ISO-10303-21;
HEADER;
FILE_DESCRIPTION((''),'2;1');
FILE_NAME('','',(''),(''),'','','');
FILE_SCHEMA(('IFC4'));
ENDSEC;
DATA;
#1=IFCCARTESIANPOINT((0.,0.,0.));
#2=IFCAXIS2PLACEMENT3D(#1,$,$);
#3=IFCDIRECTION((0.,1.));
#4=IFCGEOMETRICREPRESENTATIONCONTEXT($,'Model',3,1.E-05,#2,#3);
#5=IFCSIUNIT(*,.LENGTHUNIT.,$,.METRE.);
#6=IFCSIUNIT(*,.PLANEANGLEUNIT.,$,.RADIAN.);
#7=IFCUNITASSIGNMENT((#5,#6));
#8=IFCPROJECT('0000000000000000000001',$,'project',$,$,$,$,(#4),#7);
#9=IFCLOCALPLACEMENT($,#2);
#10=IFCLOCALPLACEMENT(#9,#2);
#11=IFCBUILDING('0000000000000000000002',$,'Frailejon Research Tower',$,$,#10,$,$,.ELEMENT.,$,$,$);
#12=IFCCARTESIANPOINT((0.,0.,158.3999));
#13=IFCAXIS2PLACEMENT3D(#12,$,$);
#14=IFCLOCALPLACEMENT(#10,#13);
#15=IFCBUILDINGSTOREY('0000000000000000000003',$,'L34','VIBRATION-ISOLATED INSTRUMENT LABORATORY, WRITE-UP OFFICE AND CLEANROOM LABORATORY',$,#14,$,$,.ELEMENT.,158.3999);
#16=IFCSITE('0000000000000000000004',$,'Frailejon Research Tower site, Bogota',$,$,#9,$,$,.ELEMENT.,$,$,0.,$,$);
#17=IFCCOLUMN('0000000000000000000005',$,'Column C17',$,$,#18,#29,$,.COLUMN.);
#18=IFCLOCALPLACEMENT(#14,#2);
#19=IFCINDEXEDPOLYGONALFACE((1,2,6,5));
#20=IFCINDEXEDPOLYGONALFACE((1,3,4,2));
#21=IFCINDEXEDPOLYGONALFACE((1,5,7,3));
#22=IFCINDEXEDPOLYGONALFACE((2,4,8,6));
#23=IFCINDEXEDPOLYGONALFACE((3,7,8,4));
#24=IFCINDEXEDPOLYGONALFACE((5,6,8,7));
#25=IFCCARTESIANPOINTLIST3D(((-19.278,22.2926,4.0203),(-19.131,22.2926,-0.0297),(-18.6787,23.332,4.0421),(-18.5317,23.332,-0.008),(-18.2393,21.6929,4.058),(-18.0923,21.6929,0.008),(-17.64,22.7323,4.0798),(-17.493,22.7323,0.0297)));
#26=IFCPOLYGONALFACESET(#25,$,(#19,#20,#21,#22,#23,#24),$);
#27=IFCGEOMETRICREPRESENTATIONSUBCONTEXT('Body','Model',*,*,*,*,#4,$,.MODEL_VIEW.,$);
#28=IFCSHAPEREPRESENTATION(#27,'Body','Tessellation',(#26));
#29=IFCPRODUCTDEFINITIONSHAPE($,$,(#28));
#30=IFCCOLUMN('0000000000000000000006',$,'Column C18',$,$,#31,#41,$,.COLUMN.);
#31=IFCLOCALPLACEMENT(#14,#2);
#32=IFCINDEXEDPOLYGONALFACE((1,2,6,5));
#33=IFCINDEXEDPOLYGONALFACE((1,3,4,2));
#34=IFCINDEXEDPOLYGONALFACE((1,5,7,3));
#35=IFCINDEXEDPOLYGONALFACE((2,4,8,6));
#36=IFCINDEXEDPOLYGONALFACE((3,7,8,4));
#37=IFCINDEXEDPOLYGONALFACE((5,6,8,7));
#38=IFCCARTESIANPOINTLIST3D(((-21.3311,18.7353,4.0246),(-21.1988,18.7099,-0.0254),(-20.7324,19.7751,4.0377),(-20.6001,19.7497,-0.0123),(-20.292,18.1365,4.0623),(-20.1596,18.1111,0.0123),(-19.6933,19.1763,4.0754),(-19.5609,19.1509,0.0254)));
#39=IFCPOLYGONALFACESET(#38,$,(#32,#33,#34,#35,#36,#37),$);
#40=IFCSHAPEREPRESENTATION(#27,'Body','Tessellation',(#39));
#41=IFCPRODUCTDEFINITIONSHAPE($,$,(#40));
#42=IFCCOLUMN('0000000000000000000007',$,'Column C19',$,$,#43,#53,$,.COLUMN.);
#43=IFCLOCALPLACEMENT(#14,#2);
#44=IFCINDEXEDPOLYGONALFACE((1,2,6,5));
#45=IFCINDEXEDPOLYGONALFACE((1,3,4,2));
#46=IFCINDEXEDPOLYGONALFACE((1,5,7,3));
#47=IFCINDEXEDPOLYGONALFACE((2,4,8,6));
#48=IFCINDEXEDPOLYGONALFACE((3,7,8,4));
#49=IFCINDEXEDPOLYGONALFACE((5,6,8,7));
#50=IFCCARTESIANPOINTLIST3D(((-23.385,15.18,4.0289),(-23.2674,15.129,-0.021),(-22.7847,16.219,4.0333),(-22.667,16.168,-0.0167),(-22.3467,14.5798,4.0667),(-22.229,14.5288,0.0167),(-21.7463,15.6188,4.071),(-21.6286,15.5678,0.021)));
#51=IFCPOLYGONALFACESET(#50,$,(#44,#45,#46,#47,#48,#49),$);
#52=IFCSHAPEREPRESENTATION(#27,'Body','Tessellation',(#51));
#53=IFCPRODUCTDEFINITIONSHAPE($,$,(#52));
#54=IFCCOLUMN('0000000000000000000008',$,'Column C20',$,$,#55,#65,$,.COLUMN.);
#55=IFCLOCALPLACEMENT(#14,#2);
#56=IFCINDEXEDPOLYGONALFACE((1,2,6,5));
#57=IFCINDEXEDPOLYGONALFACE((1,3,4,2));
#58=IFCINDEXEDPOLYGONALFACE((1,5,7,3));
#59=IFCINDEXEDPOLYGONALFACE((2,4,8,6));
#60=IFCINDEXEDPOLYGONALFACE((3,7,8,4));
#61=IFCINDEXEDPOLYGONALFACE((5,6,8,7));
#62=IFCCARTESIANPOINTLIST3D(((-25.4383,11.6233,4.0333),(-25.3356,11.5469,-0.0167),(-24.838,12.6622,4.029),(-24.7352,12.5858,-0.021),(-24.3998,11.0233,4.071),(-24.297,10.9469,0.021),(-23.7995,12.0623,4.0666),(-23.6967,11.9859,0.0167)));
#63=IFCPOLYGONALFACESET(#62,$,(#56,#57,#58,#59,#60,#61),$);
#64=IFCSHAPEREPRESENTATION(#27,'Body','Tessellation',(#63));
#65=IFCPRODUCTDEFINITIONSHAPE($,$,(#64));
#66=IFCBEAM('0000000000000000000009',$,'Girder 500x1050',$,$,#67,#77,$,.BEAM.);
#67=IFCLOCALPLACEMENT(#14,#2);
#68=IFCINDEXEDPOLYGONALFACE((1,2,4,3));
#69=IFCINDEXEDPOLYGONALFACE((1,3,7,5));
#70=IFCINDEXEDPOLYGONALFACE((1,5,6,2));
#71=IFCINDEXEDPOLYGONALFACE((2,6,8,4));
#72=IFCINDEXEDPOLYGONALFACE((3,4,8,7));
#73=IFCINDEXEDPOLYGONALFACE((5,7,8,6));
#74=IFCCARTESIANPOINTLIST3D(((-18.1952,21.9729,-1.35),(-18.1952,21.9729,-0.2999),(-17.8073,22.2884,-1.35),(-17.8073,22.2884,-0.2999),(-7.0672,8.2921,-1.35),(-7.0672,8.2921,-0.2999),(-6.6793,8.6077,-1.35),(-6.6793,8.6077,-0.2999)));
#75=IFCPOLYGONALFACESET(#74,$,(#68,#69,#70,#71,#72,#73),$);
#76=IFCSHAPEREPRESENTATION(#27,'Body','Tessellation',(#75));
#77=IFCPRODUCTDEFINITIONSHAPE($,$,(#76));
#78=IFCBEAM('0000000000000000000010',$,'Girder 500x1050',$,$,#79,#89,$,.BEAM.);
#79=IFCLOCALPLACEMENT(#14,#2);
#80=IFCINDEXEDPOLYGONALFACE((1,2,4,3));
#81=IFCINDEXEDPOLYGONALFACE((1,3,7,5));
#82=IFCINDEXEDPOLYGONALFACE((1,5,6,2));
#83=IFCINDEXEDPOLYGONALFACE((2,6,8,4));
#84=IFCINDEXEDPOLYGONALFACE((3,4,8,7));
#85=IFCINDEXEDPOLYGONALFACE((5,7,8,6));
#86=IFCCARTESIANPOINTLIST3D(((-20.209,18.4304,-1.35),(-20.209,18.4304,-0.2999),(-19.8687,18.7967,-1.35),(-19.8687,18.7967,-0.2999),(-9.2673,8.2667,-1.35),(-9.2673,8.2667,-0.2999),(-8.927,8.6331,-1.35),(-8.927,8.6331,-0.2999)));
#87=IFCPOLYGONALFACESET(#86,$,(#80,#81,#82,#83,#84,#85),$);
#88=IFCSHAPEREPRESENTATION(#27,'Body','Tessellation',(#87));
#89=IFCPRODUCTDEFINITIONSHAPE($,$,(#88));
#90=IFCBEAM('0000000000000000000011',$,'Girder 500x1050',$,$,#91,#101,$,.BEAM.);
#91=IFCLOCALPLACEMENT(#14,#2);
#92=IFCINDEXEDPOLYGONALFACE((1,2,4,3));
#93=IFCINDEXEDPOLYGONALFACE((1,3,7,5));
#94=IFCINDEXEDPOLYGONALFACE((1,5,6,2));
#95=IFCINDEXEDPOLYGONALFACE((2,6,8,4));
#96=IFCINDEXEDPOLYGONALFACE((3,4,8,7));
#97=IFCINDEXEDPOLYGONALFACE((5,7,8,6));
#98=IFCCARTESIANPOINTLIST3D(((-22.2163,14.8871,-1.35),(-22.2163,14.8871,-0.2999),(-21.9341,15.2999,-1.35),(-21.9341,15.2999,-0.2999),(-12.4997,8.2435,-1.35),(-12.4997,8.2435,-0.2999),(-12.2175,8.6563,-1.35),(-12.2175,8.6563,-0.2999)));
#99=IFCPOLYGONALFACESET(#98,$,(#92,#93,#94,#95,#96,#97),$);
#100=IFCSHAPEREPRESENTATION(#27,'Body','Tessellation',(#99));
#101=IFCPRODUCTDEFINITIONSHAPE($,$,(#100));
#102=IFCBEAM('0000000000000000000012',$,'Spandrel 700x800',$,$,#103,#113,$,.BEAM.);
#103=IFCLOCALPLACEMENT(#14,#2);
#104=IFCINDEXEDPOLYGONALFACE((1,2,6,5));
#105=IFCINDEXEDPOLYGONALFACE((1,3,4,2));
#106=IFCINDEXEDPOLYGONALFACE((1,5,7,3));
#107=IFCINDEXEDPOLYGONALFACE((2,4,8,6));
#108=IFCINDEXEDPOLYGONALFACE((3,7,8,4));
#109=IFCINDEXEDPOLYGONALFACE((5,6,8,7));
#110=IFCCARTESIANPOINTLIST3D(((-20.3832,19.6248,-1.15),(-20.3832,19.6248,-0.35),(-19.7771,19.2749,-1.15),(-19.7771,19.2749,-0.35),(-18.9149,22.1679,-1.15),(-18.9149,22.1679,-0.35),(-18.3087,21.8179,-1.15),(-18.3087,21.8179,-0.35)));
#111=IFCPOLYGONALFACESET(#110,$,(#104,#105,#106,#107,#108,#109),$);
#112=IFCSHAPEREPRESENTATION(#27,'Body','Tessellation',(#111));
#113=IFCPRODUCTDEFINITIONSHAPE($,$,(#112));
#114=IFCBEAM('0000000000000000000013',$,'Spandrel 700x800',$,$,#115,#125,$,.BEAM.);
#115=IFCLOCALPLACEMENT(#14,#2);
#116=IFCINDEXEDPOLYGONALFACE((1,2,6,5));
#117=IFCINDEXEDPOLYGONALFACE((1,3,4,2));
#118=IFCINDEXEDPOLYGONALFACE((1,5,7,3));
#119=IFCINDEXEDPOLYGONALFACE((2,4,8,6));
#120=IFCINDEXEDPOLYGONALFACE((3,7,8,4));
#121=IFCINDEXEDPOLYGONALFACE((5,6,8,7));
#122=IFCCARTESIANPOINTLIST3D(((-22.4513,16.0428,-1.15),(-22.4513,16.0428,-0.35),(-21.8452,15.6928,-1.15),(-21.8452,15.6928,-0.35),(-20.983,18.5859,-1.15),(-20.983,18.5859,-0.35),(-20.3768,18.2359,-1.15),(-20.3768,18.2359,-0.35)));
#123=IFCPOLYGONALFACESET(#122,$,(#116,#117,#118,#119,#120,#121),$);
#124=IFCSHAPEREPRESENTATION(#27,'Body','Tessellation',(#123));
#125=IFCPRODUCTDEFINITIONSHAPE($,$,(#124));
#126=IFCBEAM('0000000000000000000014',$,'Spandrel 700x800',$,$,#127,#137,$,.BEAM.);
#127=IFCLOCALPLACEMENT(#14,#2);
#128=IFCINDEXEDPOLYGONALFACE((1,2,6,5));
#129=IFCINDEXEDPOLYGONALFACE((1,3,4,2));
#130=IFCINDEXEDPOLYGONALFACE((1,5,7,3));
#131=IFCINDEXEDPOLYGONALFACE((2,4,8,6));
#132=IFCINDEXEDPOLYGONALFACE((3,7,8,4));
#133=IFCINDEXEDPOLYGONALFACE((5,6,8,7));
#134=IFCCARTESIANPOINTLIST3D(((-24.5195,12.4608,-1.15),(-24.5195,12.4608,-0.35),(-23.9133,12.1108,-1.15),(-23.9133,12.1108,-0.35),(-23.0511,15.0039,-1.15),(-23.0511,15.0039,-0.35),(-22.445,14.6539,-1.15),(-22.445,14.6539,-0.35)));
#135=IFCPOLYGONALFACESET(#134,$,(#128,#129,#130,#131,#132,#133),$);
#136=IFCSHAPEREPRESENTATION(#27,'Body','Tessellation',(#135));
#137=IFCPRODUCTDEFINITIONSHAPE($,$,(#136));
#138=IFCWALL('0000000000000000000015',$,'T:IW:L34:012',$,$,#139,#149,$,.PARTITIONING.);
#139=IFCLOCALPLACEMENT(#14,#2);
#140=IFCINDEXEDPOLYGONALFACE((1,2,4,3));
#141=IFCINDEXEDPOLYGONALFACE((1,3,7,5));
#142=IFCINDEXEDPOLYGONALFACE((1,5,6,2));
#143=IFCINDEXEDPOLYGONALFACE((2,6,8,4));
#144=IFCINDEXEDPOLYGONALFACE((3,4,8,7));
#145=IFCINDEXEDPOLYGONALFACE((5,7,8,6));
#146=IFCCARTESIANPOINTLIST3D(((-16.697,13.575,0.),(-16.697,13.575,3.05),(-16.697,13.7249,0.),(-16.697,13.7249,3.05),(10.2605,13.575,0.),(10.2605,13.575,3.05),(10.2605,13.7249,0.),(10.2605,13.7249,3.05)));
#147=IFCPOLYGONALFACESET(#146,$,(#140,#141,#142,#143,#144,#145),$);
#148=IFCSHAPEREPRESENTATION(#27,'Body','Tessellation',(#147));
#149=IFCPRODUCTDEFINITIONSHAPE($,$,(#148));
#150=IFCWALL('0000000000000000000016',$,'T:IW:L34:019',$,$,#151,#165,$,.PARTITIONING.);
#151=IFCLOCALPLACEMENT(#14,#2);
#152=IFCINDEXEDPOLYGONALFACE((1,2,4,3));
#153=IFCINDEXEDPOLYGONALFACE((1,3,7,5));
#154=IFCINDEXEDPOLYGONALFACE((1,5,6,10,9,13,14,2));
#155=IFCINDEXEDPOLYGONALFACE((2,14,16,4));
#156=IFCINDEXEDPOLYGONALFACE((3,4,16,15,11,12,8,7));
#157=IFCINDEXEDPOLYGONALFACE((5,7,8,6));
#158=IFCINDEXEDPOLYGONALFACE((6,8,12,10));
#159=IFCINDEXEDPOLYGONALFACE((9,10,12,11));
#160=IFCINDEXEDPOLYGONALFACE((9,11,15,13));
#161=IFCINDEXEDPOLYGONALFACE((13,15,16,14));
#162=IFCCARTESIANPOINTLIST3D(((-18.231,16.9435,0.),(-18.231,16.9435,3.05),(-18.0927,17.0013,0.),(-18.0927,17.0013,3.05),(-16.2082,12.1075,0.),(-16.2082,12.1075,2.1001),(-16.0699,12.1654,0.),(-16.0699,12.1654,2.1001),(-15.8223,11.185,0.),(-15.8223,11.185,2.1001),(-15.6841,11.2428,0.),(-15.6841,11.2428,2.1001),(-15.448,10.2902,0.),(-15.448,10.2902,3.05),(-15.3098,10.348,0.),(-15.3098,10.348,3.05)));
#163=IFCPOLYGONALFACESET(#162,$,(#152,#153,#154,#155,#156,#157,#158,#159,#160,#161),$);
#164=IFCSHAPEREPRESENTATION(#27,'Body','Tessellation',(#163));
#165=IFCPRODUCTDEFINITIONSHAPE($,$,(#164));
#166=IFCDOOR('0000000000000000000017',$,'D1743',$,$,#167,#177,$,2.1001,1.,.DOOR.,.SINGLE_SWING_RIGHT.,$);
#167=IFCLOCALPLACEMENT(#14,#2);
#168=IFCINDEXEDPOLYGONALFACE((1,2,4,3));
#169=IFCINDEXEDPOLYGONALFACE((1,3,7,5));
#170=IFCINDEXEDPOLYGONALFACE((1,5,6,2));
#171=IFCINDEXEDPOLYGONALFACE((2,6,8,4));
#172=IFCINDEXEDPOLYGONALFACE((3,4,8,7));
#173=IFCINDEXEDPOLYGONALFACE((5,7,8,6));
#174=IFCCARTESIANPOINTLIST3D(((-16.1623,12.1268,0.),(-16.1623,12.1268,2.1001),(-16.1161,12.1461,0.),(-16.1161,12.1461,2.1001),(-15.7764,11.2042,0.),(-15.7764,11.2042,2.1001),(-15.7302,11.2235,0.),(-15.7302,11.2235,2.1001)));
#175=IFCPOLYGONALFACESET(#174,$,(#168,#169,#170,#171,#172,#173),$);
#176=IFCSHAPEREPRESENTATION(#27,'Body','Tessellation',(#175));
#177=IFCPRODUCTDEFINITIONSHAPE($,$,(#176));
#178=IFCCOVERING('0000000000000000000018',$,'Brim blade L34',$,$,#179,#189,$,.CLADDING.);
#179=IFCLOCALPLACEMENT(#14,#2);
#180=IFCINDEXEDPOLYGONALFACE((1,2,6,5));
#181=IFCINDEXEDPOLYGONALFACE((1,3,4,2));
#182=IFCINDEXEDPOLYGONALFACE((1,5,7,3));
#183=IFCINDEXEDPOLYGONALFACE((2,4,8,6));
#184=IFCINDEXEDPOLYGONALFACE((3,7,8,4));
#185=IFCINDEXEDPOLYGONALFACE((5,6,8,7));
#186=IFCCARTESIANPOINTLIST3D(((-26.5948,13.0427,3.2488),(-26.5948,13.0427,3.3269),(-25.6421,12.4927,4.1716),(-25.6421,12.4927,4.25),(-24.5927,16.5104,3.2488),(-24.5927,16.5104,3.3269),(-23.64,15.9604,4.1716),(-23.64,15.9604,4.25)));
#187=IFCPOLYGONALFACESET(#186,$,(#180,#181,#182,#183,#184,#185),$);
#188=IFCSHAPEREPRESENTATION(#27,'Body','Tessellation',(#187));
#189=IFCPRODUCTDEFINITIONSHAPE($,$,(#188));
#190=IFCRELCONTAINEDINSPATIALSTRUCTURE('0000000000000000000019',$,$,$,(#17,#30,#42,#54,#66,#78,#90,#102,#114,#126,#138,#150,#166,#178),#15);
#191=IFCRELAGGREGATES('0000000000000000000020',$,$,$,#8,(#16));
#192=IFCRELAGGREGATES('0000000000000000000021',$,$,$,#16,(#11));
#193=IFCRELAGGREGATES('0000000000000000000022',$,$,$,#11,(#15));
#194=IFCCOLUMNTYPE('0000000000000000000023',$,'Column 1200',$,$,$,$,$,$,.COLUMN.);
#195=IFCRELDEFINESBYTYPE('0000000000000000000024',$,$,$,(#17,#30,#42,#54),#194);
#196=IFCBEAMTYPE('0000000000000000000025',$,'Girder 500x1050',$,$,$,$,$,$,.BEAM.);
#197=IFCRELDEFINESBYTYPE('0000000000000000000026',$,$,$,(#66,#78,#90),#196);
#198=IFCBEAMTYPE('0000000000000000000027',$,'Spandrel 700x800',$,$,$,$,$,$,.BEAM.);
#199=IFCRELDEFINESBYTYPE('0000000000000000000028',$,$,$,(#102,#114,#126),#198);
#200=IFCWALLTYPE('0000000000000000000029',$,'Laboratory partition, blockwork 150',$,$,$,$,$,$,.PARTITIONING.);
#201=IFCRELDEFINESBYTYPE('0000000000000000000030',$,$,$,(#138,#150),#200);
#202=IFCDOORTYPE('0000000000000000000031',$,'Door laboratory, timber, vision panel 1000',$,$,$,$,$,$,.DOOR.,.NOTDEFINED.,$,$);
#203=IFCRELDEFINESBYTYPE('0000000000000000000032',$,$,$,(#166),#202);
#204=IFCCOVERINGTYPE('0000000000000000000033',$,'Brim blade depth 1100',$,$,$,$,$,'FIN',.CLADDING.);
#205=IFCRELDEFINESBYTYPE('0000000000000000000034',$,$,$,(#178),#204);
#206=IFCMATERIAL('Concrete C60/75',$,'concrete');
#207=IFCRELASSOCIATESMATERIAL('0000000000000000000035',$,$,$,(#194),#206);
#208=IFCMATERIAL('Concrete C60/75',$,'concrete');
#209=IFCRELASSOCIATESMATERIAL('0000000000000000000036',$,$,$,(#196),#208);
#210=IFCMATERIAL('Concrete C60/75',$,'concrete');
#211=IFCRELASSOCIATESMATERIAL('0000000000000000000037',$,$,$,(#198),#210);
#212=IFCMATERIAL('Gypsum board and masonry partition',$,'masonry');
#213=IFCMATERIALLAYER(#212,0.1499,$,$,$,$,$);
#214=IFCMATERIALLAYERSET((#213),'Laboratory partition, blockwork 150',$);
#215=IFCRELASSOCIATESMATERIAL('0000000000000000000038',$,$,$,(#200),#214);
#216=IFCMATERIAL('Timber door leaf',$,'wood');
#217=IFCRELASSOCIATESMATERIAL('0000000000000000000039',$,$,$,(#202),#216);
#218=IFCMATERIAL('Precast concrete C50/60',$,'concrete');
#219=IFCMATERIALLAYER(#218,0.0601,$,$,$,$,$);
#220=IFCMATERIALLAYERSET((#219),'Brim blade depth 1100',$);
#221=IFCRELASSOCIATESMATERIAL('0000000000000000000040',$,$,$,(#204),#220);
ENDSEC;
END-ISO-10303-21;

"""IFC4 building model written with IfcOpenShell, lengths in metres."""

from ifc_helpers import new_model, si_unit, direction, frame, frame_2d, origin, origin_2d, place, context, subcontext, project, spatial, polyline, rectangle, outline, extrude, material, layer, layer_set, material_profile, profile_set, type_object, element, fill, save


model = new_model("IFC4")

# Units and contexts
model_context = context("Model", 3, precision=1e-05, world=origin(), true_north=direction((0.0, 1.0)))
body_context = subcontext(model_context, "Body", "Model", "MODEL_VIEW")
ifc_project = project(units=[si_unit("LENGTHUNIT", "METRE"), si_unit("PLANEANGLEUNIT", "RADIAN")], contexts=[model_context])

# Site, building, storey
site_placement = place(None, origin())
site = spatial("IfcSite", under=ifc_project, at=site_placement, Name="Frailejon Research Tower site, Bogota", CompositionType="ELEMENT", RefElevation=0.0)
building_placement = place(site_placement, origin())
building = spatial("IfcBuilding", under=site, at=building_placement, Name="Frailejon Research Tower", CompositionType="ELEMENT")
storey_placement = place(building_placement, frame((0.0, 0.0, 158.3999)))
storey = spatial("IfcBuildingStorey", under=building, at=storey_placement, Name="L34", Description="VIBRATION-ISOLATED INSTRUMENT LABORATORY, WRITE-UP OFFICE AND CLEANROOM LABORATORY", CompositionType="ELEMENT", Elevation=158.3999)

# Columns
ifc_material_1 = material(Name="Concrete C60/75", Category="concrete")
ifc_material_profile_1 = material_profile(ifc_material_1, rectangle(XDim=1.2, YDim=1.2, at=origin_2d()), Name="Column 1200")
ifc_profile_set_1 = profile_set([ifc_material_profile_1], Name="Concrete C60/75")
column_type = type_object("IfcColumnType", Name="Column 1200", PredefinedType="COLUMN", material=ifc_profile_set_1)
column_1_placement = place(storey_placement, frame((-18.312, 22.5125, 0.0), z_axis=(-0.036265, 0.0, 0.999342), x_axis=(-0.499425, -0.866168, -0.018124)))
element("IfcColumn", 1, at=column_1_placement, inside=storey, type_object=column_type, Name="Column C17", PredefinedType="COLUMN", context=body_context, shape_type="SweptSolid", body=[
    extrude(rectangle(XDim=1.2, YDim=1.2, at=origin_2d()), origin(), (0.0, 0.0, 1.0), 4.0527),
])
column_2_placement = place(storey_placement, frame((-20.3799, 18.9304, 0.0), z_axis=(-0.032654, 0.006266, 0.999447), x_axis=(-0.498938, -0.86657, -0.010869)))
element("IfcColumn", 2, at=column_2_placement, inside=storey, type_object=column_type, Name="Column C18", PredefinedType="COLUMN", context=body_context, shape_type="SweptSolid", body=[
    extrude(rectangle(XDim=1.2, YDim=1.2, at=origin_2d()), origin(), (0.0, 0.0, 1.0), 4.0522),
])
for number, where, z_axis, x_axis, name in (
    (3, (-22.448, 15.3484, 0.0), (-0.029041, 0.012592, 0.999499), (-0.500309, -0.865839, -0.003628), "Column C19"),
    (4, (-24.5161, 11.7664, 0.0), (-0.025366, 0.018858, 0.9995), (-0.500322, -0.865832, 0.003639), "Column C20"),
):
    element("IfcColumn", number, at=place(storey_placement, frame(where, z_axis=z_axis, x_axis=x_axis)), inside=storey, type_object=column_type, Name=name, PredefinedType="COLUMN", context=body_context, shape_type="SweptSolid", body=[
        extrude(rectangle(XDim=1.2, YDim=1.2, at=origin_2d()), origin(), (0.0, 0.0, 1.0), 4.052),
    ])

# Beams
ifc_material_2 = material(Name="Concrete C60/75", Category="concrete")
ifc_material_profile_2 = material_profile(ifc_material_2, rectangle(XDim=0.5, YDim=1.05, at=origin_2d()), Name="Girder 500x1050")
ifc_profile_set_2 = profile_set([ifc_material_profile_2], Name="Concrete C60/75")
beam_type_1 = type_object("IfcBeamType", Name="Girder 500x1050", PredefinedType="BEAM", material=ifc_profile_set_2)
beam_1_placement = place(storey_placement, frame((-18.0012, 22.1306, -0.825), z_axis=(0.631016, -0.77577, 0.0), x_axis=(0.77577, 0.631016, 0.0)))
element("IfcBeam", 5, at=beam_1_placement, inside=storey, type_object=beam_type_1, Name="Girder 500x1050", PredefinedType="BEAM", context=body_context, shape_type="SweptSolid", body=[
    extrude(rectangle(XDim=0.5, YDim=1.05, at=origin_2d()), origin(), (0.0, 0.0, 1.0), 17.635),
])
beam_2_placement = place(storey_placement, frame((-20.0388, 18.6135, -0.825), z_axis=(0.732678, -0.680576, 0.0), x_axis=(0.680576, 0.732678, 0.0)))
element("IfcBeam", 6, at=beam_2_placement, inside=storey, type_object=beam_type_1, Name="Girder 500x1050", PredefinedType="BEAM", context=body_context, shape_type="SweptSolid", body=[
    extrude(rectangle(XDim=0.5, YDim=1.05, at=origin_2d()), origin(), (0.0, 0.0, 1.0), 14.9338),
])
beam_3_placement = place(storey_placement, frame((-22.0752, 15.0935, -0.825), z_axis=(0.82549, -0.564417, 0.0), x_axis=(0.564417, 0.82549, 0.0)))
element("IfcBeam", 7, at=beam_3_placement, inside=storey, type_object=beam_type_1, Name="Girder 500x1050", PredefinedType="BEAM", context=body_context, shape_type="SweptSolid", body=[
    extrude(rectangle(XDim=0.5, YDim=1.05, at=origin_2d()), origin(), (0.0, 0.0, 1.0), 11.7708),
])
ifc_material_3 = material(Name="Concrete C60/75", Category="concrete")
ifc_material_profile_3 = material_profile(ifc_material_3, rectangle(XDim=0.7, YDim=0.8, at=origin_2d()), Name="Spandrel 700x800")
ifc_profile_set_3 = profile_set([ifc_material_profile_3], Name="Concrete C60/75")
beam_type_2 = type_object("IfcBeamType", Name="Spandrel 700x800", PredefinedType="BEAM", material=ifc_profile_set_3)
for number, where, z_axis, x_axis, name in (
    (8, (-18.6118, 21.9929, -0.75), (-0.50002, -0.866014, 0.0), (0.866014, -0.50002, 0.0), "Spandrel 700x800"),
    (9, (-20.6799, 18.4109, -0.75), (-0.50002, -0.866014, 0.0), (0.866014, -0.50002, 0.0), "Spandrel 700x800"),
    (10, (-22.748, 14.8289, -0.75), (-0.50002, -0.866014, 0.0), (0.866014, -0.50002, 0.0), "Spandrel 700x800"),
):
    element("IfcBeam", number, at=place(storey_placement, frame(where, z_axis=z_axis, x_axis=x_axis)), inside=storey, type_object=beam_type_2, Name=name, PredefinedType="BEAM", context=body_context, shape_type="SweptSolid", body=[
        extrude(rectangle(XDim=0.7, YDim=0.8, at=origin_2d()), origin(), (0.0, 0.0, 1.0), 2.9365),
    ])

# Wall
ifc_material_4 = material(Name="Gypsum board and masonry partition", Category="masonry")
ifc_layer_1 = layer(ifc_material_4, 0.1499)
ifc_layer_set_1 = layer_set([ifc_layer_1], Name="Laboratory partition, blockwork 150")
wall_type = type_object("IfcWallType", Name="Laboratory partition, blockwork 150", PredefinedType="PARTITIONING", material=ifc_layer_set_1)
wall_1_placement = place(storey_placement, frame((-16.697, 13.6499, 0.0), z_axis=(0.0, 0.0, 1.0), x_axis=(1.0, 0.0, 0.0)))
element("IfcWall", 11, at=wall_1_placement, inside=storey, type_object=wall_type, Name="T:IW:L34:012", PredefinedType="PARTITIONING", context=body_context, shape_type="SweptSolid", body=[
    extrude(rectangle(XDim=26.9575, YDim=0.1499, at=frame_2d((13.4788, 0.0))), origin(), (0.0, 0.0, 1.0), 3.05),
])

# Wall, opening, door
wall_2_placement = place(storey_placement, frame((-18.1619, 16.9724, 0.0), z_axis=(0.0, 0.0, 1.0), x_axis=(0.385884, -0.922547, 0.0)))
wall_2 = element("IfcWall", 12, at=wall_2_placement, inside=storey, type_object=wall_type, Name="T:IW:L34:019", PredefinedType="PARTITIONING", context=body_context, shape_type="SweptSolid", body=[
    extrude(rectangle(XDim=7.2119, YDim=0.1499, at=frame_2d((3.606, 0.0))), origin(), (0.0, 0.0, 1.0), 3.05),
])
opening_placement = place(wall_2_placement, frame((5.2419, 0.0, 0.0)))
opening = element("IfcOpeningElement", 13, at=opening_placement, cuts=wall_2, PredefinedType="OPENING", context=body_context, shape_type="SweptSolid", body=[
    extrude(rectangle(XDim=1.0, YDim=2.1001, at=frame_2d((0.5, 1.05))), frame((0.0, 0.085, 0.0), z_axis=(0.0, -1.0, 0.0), x_axis=(1.0, 0.0, 0.0)), (0.0, 0.0, 1.0), 0.1699),
])
ifc_material_5 = material(Name="Timber door leaf", Category="wood")
door_type = type_object("IfcDoorType", Name="Door laboratory, timber, vision panel 1000", OperationType="NOTDEFINED", PredefinedType="DOOR", material=ifc_material_5)
door_placement = place(opening_placement, origin())
door = element("IfcDoor", 14, at=door_placement, inside=storey, type_object=door_type, Name="D1743", OperationType="SINGLE_SWING_RIGHT", OverallHeight=2.1001, OverallWidth=1.0, PredefinedType="DOOR", context=body_context, shape_type="SweptSolid", body=[
    extrude(rectangle(XDim=1.0, YDim=2.1001, at=frame_2d((0.5, 1.05))), frame((0.0, 0.0249, 0.0), z_axis=(0.0, -1.0, 0.0), x_axis=(1.0, 0.0, 0.0)), (0.0, 0.0, 1.0), 0.05),
])
fill(opening, door)

# Covering
ifc_material_6 = material(Name="Precast concrete C50/60", Category="concrete")
ifc_layer_2 = layer(ifc_material_6, 0.0601)
ifc_layer_set_2 = layer_set([ifc_layer_2], Name="Brim blade depth 1100")
covering_type_1 = type_object("IfcCoveringType", Name="Brim blade depth 1100", ElementType="FIN", PredefinedType="CLADDING", material=ifc_layer_set_2)
covering_1_placement = place(storey_placement, frame((-25.6421, 12.4927, 4.25), z_axis=(0.500004, 0.866023, 0.0), x_axis=(-0.866023, 0.500004, 0.0)))
element("IfcCovering", 15, at=covering_1_placement, inside=storey, type_object=covering_type_1, Name="Brim blade L34", PredefinedType="CLADDING", context=body_context, shape_type="SweptSolid", body=[
    extrude(outline(polyline([(0.0, -0.0784), (1.1001, -1.0012), (1.1001, -0.9231), (0.0, 0.0), (0.0, -0.0784)])), origin(), (0.0, 0.0, 1.0), 4.0042),
])

save(model, "model.ifc")
